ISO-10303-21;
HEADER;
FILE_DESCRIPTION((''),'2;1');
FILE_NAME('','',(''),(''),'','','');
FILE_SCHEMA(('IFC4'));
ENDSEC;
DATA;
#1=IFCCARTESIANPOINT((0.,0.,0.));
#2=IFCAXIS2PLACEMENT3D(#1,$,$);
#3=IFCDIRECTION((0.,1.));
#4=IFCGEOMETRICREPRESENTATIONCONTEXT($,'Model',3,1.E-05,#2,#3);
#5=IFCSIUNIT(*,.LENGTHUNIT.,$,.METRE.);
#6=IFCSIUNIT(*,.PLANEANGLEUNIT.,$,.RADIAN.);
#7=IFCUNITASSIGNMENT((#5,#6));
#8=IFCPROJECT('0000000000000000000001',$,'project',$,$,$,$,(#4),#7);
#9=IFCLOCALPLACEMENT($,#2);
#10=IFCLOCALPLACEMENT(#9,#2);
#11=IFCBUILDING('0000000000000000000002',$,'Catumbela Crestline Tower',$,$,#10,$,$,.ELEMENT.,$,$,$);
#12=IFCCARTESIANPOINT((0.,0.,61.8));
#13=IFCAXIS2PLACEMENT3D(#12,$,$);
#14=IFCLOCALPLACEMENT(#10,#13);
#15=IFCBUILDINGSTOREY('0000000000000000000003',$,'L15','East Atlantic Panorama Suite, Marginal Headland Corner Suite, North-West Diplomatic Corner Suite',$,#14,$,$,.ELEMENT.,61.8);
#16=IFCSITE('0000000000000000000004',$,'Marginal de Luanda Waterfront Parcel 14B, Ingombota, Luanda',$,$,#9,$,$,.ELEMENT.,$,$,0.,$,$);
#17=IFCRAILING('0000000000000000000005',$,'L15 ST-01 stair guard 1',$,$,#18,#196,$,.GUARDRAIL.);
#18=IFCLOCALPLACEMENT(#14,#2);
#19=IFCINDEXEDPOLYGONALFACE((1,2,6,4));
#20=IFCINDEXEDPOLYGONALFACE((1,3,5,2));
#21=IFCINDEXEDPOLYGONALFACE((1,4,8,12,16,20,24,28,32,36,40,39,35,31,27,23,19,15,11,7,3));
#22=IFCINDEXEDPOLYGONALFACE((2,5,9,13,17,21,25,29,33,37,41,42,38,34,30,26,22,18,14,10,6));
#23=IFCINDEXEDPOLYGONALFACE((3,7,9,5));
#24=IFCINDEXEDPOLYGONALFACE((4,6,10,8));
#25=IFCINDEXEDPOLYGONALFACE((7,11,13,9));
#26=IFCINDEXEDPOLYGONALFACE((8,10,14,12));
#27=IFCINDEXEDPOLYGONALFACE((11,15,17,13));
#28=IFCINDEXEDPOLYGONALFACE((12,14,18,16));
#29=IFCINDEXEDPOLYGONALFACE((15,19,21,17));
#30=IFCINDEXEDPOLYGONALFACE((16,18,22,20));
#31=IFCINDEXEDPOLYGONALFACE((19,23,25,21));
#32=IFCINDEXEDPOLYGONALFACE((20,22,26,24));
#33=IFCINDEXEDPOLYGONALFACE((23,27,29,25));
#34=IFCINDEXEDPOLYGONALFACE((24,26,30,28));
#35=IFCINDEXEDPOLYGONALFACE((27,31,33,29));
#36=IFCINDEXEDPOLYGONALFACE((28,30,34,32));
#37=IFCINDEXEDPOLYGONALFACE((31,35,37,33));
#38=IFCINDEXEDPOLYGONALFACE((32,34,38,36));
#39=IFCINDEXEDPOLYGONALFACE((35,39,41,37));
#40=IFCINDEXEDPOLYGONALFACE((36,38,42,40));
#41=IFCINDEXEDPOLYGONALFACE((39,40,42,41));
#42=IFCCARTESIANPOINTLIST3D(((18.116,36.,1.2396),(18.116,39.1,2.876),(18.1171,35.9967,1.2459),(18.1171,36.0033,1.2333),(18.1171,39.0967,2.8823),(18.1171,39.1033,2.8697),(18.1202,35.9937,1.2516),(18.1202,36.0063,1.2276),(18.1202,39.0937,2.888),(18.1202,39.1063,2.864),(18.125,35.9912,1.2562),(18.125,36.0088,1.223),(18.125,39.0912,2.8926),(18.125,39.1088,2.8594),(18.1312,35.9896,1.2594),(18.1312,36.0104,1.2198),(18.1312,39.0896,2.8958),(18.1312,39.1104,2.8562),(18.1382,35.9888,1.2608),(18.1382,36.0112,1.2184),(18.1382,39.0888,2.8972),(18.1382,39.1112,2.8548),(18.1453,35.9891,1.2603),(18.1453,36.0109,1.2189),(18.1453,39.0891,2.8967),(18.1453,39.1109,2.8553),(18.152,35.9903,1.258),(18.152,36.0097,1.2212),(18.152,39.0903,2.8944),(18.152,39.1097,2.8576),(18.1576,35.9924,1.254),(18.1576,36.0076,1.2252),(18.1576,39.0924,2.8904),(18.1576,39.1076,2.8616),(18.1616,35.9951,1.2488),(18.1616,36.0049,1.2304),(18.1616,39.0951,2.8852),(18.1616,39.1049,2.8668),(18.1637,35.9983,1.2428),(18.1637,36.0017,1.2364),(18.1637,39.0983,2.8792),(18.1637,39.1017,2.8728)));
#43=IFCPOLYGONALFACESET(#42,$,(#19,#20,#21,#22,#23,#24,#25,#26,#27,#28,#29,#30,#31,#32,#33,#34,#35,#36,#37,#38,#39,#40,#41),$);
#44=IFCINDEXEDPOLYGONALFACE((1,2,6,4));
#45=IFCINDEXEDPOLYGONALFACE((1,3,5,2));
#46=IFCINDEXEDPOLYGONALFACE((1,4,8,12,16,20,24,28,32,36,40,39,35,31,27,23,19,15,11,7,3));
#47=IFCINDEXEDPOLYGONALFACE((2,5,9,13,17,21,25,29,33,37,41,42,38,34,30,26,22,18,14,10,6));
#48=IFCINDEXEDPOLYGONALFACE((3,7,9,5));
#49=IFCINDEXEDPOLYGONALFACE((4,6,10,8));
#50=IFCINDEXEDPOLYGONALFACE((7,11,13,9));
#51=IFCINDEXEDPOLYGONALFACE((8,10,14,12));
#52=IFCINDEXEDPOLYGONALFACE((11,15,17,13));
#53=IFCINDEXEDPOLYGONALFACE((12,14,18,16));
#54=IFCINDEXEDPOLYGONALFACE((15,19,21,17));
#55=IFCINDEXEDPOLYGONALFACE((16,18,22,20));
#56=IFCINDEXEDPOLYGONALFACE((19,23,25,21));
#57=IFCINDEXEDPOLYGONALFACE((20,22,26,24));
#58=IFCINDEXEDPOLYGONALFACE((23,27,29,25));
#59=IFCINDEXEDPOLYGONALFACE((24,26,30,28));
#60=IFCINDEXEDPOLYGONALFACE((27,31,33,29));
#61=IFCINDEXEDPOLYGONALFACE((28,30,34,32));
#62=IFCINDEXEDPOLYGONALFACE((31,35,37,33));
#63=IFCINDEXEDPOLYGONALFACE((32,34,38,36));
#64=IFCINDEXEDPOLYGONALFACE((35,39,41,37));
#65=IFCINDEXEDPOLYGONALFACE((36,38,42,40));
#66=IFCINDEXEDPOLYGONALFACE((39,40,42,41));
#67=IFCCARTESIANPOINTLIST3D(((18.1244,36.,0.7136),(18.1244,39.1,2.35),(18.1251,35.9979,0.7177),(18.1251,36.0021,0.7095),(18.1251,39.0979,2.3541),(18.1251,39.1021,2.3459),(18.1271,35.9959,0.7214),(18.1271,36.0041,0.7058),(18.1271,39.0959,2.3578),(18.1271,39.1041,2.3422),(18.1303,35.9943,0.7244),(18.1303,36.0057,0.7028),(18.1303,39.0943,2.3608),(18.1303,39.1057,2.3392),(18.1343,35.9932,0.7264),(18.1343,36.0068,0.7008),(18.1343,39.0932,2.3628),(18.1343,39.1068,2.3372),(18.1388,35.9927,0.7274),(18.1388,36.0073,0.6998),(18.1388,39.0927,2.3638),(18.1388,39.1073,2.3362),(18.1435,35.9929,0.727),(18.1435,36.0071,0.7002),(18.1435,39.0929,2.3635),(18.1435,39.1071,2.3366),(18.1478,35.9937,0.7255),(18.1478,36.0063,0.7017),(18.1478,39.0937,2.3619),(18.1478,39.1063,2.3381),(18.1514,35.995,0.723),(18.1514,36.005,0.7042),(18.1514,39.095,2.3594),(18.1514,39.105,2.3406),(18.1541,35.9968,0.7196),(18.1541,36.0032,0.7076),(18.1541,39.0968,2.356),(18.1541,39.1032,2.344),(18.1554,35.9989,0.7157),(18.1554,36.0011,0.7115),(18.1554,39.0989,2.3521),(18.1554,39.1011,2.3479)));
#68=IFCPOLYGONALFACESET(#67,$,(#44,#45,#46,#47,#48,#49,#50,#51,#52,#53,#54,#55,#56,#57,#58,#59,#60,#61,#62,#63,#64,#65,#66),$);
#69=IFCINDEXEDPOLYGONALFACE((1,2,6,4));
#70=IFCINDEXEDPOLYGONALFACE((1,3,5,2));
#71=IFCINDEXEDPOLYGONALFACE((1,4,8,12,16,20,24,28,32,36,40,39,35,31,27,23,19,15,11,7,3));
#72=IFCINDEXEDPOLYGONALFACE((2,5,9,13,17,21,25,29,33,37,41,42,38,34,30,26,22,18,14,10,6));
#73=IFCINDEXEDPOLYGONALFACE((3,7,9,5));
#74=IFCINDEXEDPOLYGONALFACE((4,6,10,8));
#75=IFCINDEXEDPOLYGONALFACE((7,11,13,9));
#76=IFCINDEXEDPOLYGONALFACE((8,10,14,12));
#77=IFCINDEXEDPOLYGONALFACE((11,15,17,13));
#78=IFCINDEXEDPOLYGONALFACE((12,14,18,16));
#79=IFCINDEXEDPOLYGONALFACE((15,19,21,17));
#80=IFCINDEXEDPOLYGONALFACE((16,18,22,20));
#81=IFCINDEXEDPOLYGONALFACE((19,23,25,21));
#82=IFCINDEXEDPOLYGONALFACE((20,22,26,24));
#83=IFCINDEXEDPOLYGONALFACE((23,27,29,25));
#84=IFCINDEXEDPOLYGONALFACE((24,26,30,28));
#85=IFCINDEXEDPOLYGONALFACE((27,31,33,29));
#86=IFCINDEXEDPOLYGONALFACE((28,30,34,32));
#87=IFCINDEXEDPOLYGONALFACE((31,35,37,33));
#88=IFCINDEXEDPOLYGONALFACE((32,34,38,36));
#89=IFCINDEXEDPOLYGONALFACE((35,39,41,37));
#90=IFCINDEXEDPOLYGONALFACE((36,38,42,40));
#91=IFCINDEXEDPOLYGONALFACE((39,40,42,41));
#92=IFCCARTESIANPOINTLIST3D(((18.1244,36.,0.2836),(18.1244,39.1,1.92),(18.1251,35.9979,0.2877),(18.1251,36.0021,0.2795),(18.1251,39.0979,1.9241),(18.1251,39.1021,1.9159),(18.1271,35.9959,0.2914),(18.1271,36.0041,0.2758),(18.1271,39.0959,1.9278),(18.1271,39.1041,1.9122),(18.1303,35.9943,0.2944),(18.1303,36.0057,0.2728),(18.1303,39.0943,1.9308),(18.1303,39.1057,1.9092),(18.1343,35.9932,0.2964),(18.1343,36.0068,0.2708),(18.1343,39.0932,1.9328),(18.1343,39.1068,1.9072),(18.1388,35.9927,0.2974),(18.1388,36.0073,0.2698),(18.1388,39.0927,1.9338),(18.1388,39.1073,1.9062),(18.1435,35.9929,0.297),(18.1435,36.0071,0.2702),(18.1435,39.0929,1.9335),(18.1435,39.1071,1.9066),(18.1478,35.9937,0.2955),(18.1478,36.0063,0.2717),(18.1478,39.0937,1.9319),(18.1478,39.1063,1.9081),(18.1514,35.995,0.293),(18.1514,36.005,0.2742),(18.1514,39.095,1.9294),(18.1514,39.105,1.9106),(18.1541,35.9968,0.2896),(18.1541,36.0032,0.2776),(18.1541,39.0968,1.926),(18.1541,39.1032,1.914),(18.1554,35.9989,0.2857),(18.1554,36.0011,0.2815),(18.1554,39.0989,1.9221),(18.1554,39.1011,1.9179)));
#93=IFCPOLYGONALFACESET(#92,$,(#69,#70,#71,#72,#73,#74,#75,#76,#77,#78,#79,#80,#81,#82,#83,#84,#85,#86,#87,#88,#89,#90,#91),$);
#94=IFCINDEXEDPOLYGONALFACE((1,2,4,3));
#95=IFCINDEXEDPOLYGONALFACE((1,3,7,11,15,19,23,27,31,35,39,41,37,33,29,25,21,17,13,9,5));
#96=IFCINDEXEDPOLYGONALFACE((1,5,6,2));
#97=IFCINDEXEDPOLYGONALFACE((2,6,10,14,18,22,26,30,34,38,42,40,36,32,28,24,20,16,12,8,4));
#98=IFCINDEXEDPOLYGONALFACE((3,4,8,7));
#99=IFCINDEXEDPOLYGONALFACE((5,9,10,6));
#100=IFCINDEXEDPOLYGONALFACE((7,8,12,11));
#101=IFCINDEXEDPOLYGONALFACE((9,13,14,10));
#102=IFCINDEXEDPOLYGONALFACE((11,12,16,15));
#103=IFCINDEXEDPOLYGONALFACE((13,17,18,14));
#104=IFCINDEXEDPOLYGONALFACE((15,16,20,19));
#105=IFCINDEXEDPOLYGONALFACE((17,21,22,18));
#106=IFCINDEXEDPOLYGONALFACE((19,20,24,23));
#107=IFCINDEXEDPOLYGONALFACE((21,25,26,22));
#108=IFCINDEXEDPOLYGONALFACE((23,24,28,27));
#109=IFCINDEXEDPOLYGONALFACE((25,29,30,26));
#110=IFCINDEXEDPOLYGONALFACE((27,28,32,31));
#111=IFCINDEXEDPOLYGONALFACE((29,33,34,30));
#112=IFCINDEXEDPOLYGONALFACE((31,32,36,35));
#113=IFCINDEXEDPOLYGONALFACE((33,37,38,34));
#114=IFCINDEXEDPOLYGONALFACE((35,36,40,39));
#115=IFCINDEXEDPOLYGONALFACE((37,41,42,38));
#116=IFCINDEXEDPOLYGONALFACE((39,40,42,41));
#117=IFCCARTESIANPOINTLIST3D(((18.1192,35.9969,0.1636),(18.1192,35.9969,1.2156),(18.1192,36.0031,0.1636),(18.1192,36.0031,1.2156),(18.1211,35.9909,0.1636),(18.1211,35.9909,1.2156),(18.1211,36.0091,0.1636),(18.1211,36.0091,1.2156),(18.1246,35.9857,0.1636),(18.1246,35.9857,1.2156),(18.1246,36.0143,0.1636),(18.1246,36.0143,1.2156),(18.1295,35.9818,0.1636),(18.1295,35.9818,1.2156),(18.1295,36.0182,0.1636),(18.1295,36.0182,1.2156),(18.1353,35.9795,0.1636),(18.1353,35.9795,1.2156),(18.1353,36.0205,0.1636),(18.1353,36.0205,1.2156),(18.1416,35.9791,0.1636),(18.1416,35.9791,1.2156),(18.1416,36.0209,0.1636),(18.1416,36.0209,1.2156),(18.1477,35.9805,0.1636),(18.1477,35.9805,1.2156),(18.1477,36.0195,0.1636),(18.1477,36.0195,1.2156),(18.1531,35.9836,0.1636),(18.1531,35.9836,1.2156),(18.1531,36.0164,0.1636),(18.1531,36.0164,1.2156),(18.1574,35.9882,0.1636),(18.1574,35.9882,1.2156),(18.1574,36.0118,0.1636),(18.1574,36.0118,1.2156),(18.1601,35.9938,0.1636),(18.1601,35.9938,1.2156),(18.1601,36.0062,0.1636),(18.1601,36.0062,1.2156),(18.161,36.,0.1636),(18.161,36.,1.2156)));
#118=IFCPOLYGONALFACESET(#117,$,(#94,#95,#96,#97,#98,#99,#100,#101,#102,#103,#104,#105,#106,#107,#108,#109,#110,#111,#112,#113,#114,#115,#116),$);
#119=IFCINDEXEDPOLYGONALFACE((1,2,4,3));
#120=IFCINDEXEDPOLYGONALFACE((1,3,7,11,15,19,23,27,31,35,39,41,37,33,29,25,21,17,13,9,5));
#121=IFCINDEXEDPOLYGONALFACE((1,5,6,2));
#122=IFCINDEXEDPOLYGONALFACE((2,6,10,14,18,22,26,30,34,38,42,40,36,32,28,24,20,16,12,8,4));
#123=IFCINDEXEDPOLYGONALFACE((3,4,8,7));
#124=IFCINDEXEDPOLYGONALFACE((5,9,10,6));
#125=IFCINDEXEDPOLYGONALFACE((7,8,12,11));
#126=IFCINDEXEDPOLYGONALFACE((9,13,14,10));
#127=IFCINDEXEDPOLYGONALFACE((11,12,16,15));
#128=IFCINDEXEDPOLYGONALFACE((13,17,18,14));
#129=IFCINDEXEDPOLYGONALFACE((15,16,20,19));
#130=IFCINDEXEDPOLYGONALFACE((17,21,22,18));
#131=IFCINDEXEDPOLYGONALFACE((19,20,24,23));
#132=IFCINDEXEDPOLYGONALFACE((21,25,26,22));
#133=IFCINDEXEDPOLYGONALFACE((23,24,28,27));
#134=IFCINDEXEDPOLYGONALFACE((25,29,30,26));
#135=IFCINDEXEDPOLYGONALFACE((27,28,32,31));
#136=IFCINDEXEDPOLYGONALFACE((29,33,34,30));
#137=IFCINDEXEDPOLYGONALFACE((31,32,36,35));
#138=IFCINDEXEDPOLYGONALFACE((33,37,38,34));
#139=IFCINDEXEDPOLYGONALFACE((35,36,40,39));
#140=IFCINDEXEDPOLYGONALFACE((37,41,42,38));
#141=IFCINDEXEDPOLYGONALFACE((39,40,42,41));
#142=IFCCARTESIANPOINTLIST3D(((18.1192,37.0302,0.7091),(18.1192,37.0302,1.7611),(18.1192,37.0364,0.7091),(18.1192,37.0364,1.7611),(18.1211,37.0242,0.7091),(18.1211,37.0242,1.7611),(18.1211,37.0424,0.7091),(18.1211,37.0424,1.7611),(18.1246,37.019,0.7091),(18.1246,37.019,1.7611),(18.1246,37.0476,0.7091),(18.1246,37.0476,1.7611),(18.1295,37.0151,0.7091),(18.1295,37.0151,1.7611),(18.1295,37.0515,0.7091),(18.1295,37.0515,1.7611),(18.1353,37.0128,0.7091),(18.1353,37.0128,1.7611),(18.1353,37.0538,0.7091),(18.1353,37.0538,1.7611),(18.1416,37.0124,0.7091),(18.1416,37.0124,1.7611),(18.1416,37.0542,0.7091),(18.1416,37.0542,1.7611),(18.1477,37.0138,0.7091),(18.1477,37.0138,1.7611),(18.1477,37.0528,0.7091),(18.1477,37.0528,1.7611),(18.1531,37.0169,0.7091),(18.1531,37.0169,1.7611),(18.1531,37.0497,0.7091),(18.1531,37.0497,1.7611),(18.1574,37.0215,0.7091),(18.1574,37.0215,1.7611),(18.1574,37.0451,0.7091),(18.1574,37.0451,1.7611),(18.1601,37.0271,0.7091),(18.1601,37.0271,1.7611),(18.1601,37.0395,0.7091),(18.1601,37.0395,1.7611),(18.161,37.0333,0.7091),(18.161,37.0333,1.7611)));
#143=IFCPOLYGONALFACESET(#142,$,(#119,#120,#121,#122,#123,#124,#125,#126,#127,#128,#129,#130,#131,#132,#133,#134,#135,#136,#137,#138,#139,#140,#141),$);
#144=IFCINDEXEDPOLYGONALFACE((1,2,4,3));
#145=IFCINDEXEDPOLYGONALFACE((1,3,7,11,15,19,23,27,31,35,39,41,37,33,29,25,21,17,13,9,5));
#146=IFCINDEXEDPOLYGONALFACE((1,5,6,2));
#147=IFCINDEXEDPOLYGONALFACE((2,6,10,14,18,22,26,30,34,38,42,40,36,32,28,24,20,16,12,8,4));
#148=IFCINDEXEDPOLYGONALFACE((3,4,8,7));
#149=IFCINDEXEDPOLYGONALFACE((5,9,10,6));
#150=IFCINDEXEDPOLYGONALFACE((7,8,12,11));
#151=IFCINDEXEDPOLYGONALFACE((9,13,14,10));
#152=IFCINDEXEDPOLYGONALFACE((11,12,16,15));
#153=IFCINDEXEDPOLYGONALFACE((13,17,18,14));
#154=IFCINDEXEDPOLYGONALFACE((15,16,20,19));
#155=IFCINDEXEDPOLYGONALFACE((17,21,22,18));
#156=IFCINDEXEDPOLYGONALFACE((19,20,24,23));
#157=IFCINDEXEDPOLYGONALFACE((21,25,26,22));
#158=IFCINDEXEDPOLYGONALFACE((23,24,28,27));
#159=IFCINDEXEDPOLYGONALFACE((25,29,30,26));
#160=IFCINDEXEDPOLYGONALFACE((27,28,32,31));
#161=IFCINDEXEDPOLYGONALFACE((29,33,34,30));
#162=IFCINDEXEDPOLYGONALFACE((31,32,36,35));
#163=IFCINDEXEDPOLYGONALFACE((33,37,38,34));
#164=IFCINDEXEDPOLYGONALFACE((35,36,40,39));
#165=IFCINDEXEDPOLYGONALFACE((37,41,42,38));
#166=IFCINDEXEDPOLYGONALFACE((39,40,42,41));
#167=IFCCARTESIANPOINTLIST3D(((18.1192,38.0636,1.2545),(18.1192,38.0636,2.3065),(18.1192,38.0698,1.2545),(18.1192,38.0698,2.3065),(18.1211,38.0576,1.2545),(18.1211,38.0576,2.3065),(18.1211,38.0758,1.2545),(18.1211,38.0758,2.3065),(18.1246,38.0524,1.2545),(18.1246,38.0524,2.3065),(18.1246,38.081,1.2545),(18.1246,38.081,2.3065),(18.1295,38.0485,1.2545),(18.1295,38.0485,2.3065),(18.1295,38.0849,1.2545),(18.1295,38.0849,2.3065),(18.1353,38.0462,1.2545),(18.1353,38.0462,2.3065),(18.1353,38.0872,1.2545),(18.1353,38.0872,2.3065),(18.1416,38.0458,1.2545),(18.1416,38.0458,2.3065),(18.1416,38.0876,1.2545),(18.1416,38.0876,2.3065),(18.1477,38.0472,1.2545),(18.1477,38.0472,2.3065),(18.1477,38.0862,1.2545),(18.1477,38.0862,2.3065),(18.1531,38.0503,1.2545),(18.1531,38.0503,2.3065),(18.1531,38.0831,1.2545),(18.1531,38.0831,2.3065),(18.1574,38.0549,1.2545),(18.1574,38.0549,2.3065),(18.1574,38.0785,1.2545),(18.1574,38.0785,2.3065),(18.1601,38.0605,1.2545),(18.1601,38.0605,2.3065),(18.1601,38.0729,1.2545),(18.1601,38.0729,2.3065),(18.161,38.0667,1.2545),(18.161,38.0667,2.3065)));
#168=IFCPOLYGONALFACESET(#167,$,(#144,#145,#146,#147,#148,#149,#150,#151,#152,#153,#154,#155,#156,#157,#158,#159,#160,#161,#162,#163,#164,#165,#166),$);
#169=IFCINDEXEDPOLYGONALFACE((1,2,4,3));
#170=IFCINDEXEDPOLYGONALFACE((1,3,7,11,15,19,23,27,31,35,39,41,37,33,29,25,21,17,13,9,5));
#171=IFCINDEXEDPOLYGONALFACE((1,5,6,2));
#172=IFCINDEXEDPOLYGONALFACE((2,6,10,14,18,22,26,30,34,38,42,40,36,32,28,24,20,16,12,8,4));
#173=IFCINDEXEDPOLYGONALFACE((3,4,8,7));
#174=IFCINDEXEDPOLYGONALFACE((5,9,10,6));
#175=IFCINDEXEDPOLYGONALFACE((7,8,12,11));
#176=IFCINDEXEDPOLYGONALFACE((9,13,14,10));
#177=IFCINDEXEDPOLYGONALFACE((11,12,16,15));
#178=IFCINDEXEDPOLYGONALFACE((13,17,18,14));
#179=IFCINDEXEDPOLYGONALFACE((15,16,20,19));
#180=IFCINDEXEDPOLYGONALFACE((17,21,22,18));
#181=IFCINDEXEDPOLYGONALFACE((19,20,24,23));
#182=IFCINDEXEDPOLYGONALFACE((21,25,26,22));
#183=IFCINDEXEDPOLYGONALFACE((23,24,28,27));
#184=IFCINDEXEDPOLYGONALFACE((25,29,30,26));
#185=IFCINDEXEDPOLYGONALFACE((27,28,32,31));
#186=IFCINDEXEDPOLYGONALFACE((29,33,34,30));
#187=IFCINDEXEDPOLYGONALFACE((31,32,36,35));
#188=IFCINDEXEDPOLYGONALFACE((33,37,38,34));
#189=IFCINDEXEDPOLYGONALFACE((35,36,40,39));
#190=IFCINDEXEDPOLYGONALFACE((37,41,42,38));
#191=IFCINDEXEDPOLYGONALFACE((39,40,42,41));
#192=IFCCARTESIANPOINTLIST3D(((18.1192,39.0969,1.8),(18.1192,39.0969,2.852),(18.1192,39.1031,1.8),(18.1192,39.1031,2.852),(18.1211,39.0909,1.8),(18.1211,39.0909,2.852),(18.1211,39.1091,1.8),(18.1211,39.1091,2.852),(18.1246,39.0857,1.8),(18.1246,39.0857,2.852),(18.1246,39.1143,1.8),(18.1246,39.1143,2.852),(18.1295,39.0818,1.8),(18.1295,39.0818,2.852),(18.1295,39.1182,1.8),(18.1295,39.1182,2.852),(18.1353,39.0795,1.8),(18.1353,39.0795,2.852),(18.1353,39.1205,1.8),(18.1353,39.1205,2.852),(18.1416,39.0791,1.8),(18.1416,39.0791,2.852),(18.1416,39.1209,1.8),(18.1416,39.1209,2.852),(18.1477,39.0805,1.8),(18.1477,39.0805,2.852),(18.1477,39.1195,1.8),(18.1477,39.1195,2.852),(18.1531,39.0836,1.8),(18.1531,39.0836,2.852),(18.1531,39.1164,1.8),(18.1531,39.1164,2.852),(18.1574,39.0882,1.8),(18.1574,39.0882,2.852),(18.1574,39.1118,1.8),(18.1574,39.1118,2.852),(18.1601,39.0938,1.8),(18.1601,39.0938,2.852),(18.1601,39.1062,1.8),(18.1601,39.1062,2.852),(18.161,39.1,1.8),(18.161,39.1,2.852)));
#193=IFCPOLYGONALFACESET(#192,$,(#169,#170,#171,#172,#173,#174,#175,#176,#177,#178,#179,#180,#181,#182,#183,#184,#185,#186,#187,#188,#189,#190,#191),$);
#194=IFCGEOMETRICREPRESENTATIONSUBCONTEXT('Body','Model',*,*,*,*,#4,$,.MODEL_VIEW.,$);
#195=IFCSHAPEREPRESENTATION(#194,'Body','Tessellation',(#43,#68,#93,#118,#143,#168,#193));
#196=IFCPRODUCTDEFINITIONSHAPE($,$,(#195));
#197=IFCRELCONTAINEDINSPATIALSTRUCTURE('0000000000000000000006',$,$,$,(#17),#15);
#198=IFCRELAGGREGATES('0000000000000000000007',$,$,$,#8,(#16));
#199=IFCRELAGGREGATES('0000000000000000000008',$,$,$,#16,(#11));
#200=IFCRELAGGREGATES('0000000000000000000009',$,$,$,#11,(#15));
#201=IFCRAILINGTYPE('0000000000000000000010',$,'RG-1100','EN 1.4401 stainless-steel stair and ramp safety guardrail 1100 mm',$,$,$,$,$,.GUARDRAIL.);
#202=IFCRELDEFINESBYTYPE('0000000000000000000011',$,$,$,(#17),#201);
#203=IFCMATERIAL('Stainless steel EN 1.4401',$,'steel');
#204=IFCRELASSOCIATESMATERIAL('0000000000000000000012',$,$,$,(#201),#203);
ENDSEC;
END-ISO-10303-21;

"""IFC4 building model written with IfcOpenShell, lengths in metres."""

from ifc_helpers import new_model, si_unit, direction, frame, origin, origin_2d, place, context, subcontext, project, spatial, circle, extrude, material, type_object, element, save


model = new_model("IFC4")

# Units and contexts
model_context = context("Model", 3, precision=1e-05, world=origin(), true_north=direction((0.0, 1.0)))
body_context = subcontext(model_context, "Body", "Model", "MODEL_VIEW")
ifc_project = project(units=[si_unit("LENGTHUNIT", "METRE"), si_unit("PLANEANGLEUNIT", "RADIAN")], contexts=[model_context])

# Site, building, storey
site_placement = place(None, origin())
site = spatial("IfcSite", under=ifc_project, at=site_placement, Name="Marginal de Luanda Waterfront Parcel 14B, Ingombota, Luanda", CompositionType="ELEMENT", RefElevation=0.0)
building_placement = place(site_placement, origin())
building = spatial("IfcBuilding", under=site, at=building_placement, Name="Catumbela Crestline Tower", CompositionType="ELEMENT")
storey_placement = place(building_placement, frame((0.0, 0.0, 61.8)))
storey = spatial("IfcBuildingStorey", under=building, at=storey_placement, Name="L15", Description="East Atlantic Panorama Suite, Marginal Headland Corner Suite, North-West Diplomatic Corner Suite", CompositionType="ELEMENT", Elevation=61.8)

# Railing
ifc_material_1 = material(Name="Stainless steel EN 1.4401", Category="steel")
railing_type_1 = type_object("IfcRailingType", Name="RG-1100", Description="EN 1.4401 stainless-steel stair and ramp safety guardrail 1100 mm", PredefinedType="GUARDRAIL", material=ifc_material_1)
railing_1_placement = place(storey_placement, frame((18.14, 36.0, 0.1636)))
element("IfcRailing", 1, at=railing_1_placement, inside=storey, type_object=railing_type_1, Name="L15 ST-01 stair guard 1", PredefinedType="GUARDRAIL", context=body_context, shape_type="SweptSolid", body=[
    extrude(circle(Radius=0.024, at=origin_2d()), frame((0.0, 0.0, 1.076), z_axis=(0.0, 0.884351, 0.466823), x_axis=(-1.0, 0.0, 0.0)), (0.0, 0.0, 1.0), 3.5054),
    extrude(circle(Radius=0.0156, at=origin_2d()), frame((0.0, 0.0, 0.55), z_axis=(0.0, 0.884351, 0.466823), x_axis=(-1.0, 0.0, 0.0)), (0.0, 0.0, 1.0), 3.5054),
    extrude(circle(Radius=0.0156, at=origin_2d()), frame((0.0, 0.0, 0.12), z_axis=(0.0, 0.884351, 0.466823), x_axis=(-1.0, 0.0, 0.0)), (0.0, 0.0, 1.0), 3.5054),
    extrude(circle(Radius=0.021, at=origin_2d()), origin(), (0.0, 0.0, 1.0), 1.052),
    extrude(circle(Radius=0.021, at=origin_2d()), frame((0.0, 1.0333, 0.5455)), (0.0, 0.0, 1.0), 1.052),
    extrude(circle(Radius=0.021, at=origin_2d()), frame((0.0, 2.0667, 1.0909)), (0.0, 0.0, 1.0), 1.052),
    extrude(circle(Radius=0.021, at=origin_2d()), frame((0.0, 3.1, 1.6364)), (0.0, 0.0, 1.0), 1.052),
])

save(model, "model.ifc")
